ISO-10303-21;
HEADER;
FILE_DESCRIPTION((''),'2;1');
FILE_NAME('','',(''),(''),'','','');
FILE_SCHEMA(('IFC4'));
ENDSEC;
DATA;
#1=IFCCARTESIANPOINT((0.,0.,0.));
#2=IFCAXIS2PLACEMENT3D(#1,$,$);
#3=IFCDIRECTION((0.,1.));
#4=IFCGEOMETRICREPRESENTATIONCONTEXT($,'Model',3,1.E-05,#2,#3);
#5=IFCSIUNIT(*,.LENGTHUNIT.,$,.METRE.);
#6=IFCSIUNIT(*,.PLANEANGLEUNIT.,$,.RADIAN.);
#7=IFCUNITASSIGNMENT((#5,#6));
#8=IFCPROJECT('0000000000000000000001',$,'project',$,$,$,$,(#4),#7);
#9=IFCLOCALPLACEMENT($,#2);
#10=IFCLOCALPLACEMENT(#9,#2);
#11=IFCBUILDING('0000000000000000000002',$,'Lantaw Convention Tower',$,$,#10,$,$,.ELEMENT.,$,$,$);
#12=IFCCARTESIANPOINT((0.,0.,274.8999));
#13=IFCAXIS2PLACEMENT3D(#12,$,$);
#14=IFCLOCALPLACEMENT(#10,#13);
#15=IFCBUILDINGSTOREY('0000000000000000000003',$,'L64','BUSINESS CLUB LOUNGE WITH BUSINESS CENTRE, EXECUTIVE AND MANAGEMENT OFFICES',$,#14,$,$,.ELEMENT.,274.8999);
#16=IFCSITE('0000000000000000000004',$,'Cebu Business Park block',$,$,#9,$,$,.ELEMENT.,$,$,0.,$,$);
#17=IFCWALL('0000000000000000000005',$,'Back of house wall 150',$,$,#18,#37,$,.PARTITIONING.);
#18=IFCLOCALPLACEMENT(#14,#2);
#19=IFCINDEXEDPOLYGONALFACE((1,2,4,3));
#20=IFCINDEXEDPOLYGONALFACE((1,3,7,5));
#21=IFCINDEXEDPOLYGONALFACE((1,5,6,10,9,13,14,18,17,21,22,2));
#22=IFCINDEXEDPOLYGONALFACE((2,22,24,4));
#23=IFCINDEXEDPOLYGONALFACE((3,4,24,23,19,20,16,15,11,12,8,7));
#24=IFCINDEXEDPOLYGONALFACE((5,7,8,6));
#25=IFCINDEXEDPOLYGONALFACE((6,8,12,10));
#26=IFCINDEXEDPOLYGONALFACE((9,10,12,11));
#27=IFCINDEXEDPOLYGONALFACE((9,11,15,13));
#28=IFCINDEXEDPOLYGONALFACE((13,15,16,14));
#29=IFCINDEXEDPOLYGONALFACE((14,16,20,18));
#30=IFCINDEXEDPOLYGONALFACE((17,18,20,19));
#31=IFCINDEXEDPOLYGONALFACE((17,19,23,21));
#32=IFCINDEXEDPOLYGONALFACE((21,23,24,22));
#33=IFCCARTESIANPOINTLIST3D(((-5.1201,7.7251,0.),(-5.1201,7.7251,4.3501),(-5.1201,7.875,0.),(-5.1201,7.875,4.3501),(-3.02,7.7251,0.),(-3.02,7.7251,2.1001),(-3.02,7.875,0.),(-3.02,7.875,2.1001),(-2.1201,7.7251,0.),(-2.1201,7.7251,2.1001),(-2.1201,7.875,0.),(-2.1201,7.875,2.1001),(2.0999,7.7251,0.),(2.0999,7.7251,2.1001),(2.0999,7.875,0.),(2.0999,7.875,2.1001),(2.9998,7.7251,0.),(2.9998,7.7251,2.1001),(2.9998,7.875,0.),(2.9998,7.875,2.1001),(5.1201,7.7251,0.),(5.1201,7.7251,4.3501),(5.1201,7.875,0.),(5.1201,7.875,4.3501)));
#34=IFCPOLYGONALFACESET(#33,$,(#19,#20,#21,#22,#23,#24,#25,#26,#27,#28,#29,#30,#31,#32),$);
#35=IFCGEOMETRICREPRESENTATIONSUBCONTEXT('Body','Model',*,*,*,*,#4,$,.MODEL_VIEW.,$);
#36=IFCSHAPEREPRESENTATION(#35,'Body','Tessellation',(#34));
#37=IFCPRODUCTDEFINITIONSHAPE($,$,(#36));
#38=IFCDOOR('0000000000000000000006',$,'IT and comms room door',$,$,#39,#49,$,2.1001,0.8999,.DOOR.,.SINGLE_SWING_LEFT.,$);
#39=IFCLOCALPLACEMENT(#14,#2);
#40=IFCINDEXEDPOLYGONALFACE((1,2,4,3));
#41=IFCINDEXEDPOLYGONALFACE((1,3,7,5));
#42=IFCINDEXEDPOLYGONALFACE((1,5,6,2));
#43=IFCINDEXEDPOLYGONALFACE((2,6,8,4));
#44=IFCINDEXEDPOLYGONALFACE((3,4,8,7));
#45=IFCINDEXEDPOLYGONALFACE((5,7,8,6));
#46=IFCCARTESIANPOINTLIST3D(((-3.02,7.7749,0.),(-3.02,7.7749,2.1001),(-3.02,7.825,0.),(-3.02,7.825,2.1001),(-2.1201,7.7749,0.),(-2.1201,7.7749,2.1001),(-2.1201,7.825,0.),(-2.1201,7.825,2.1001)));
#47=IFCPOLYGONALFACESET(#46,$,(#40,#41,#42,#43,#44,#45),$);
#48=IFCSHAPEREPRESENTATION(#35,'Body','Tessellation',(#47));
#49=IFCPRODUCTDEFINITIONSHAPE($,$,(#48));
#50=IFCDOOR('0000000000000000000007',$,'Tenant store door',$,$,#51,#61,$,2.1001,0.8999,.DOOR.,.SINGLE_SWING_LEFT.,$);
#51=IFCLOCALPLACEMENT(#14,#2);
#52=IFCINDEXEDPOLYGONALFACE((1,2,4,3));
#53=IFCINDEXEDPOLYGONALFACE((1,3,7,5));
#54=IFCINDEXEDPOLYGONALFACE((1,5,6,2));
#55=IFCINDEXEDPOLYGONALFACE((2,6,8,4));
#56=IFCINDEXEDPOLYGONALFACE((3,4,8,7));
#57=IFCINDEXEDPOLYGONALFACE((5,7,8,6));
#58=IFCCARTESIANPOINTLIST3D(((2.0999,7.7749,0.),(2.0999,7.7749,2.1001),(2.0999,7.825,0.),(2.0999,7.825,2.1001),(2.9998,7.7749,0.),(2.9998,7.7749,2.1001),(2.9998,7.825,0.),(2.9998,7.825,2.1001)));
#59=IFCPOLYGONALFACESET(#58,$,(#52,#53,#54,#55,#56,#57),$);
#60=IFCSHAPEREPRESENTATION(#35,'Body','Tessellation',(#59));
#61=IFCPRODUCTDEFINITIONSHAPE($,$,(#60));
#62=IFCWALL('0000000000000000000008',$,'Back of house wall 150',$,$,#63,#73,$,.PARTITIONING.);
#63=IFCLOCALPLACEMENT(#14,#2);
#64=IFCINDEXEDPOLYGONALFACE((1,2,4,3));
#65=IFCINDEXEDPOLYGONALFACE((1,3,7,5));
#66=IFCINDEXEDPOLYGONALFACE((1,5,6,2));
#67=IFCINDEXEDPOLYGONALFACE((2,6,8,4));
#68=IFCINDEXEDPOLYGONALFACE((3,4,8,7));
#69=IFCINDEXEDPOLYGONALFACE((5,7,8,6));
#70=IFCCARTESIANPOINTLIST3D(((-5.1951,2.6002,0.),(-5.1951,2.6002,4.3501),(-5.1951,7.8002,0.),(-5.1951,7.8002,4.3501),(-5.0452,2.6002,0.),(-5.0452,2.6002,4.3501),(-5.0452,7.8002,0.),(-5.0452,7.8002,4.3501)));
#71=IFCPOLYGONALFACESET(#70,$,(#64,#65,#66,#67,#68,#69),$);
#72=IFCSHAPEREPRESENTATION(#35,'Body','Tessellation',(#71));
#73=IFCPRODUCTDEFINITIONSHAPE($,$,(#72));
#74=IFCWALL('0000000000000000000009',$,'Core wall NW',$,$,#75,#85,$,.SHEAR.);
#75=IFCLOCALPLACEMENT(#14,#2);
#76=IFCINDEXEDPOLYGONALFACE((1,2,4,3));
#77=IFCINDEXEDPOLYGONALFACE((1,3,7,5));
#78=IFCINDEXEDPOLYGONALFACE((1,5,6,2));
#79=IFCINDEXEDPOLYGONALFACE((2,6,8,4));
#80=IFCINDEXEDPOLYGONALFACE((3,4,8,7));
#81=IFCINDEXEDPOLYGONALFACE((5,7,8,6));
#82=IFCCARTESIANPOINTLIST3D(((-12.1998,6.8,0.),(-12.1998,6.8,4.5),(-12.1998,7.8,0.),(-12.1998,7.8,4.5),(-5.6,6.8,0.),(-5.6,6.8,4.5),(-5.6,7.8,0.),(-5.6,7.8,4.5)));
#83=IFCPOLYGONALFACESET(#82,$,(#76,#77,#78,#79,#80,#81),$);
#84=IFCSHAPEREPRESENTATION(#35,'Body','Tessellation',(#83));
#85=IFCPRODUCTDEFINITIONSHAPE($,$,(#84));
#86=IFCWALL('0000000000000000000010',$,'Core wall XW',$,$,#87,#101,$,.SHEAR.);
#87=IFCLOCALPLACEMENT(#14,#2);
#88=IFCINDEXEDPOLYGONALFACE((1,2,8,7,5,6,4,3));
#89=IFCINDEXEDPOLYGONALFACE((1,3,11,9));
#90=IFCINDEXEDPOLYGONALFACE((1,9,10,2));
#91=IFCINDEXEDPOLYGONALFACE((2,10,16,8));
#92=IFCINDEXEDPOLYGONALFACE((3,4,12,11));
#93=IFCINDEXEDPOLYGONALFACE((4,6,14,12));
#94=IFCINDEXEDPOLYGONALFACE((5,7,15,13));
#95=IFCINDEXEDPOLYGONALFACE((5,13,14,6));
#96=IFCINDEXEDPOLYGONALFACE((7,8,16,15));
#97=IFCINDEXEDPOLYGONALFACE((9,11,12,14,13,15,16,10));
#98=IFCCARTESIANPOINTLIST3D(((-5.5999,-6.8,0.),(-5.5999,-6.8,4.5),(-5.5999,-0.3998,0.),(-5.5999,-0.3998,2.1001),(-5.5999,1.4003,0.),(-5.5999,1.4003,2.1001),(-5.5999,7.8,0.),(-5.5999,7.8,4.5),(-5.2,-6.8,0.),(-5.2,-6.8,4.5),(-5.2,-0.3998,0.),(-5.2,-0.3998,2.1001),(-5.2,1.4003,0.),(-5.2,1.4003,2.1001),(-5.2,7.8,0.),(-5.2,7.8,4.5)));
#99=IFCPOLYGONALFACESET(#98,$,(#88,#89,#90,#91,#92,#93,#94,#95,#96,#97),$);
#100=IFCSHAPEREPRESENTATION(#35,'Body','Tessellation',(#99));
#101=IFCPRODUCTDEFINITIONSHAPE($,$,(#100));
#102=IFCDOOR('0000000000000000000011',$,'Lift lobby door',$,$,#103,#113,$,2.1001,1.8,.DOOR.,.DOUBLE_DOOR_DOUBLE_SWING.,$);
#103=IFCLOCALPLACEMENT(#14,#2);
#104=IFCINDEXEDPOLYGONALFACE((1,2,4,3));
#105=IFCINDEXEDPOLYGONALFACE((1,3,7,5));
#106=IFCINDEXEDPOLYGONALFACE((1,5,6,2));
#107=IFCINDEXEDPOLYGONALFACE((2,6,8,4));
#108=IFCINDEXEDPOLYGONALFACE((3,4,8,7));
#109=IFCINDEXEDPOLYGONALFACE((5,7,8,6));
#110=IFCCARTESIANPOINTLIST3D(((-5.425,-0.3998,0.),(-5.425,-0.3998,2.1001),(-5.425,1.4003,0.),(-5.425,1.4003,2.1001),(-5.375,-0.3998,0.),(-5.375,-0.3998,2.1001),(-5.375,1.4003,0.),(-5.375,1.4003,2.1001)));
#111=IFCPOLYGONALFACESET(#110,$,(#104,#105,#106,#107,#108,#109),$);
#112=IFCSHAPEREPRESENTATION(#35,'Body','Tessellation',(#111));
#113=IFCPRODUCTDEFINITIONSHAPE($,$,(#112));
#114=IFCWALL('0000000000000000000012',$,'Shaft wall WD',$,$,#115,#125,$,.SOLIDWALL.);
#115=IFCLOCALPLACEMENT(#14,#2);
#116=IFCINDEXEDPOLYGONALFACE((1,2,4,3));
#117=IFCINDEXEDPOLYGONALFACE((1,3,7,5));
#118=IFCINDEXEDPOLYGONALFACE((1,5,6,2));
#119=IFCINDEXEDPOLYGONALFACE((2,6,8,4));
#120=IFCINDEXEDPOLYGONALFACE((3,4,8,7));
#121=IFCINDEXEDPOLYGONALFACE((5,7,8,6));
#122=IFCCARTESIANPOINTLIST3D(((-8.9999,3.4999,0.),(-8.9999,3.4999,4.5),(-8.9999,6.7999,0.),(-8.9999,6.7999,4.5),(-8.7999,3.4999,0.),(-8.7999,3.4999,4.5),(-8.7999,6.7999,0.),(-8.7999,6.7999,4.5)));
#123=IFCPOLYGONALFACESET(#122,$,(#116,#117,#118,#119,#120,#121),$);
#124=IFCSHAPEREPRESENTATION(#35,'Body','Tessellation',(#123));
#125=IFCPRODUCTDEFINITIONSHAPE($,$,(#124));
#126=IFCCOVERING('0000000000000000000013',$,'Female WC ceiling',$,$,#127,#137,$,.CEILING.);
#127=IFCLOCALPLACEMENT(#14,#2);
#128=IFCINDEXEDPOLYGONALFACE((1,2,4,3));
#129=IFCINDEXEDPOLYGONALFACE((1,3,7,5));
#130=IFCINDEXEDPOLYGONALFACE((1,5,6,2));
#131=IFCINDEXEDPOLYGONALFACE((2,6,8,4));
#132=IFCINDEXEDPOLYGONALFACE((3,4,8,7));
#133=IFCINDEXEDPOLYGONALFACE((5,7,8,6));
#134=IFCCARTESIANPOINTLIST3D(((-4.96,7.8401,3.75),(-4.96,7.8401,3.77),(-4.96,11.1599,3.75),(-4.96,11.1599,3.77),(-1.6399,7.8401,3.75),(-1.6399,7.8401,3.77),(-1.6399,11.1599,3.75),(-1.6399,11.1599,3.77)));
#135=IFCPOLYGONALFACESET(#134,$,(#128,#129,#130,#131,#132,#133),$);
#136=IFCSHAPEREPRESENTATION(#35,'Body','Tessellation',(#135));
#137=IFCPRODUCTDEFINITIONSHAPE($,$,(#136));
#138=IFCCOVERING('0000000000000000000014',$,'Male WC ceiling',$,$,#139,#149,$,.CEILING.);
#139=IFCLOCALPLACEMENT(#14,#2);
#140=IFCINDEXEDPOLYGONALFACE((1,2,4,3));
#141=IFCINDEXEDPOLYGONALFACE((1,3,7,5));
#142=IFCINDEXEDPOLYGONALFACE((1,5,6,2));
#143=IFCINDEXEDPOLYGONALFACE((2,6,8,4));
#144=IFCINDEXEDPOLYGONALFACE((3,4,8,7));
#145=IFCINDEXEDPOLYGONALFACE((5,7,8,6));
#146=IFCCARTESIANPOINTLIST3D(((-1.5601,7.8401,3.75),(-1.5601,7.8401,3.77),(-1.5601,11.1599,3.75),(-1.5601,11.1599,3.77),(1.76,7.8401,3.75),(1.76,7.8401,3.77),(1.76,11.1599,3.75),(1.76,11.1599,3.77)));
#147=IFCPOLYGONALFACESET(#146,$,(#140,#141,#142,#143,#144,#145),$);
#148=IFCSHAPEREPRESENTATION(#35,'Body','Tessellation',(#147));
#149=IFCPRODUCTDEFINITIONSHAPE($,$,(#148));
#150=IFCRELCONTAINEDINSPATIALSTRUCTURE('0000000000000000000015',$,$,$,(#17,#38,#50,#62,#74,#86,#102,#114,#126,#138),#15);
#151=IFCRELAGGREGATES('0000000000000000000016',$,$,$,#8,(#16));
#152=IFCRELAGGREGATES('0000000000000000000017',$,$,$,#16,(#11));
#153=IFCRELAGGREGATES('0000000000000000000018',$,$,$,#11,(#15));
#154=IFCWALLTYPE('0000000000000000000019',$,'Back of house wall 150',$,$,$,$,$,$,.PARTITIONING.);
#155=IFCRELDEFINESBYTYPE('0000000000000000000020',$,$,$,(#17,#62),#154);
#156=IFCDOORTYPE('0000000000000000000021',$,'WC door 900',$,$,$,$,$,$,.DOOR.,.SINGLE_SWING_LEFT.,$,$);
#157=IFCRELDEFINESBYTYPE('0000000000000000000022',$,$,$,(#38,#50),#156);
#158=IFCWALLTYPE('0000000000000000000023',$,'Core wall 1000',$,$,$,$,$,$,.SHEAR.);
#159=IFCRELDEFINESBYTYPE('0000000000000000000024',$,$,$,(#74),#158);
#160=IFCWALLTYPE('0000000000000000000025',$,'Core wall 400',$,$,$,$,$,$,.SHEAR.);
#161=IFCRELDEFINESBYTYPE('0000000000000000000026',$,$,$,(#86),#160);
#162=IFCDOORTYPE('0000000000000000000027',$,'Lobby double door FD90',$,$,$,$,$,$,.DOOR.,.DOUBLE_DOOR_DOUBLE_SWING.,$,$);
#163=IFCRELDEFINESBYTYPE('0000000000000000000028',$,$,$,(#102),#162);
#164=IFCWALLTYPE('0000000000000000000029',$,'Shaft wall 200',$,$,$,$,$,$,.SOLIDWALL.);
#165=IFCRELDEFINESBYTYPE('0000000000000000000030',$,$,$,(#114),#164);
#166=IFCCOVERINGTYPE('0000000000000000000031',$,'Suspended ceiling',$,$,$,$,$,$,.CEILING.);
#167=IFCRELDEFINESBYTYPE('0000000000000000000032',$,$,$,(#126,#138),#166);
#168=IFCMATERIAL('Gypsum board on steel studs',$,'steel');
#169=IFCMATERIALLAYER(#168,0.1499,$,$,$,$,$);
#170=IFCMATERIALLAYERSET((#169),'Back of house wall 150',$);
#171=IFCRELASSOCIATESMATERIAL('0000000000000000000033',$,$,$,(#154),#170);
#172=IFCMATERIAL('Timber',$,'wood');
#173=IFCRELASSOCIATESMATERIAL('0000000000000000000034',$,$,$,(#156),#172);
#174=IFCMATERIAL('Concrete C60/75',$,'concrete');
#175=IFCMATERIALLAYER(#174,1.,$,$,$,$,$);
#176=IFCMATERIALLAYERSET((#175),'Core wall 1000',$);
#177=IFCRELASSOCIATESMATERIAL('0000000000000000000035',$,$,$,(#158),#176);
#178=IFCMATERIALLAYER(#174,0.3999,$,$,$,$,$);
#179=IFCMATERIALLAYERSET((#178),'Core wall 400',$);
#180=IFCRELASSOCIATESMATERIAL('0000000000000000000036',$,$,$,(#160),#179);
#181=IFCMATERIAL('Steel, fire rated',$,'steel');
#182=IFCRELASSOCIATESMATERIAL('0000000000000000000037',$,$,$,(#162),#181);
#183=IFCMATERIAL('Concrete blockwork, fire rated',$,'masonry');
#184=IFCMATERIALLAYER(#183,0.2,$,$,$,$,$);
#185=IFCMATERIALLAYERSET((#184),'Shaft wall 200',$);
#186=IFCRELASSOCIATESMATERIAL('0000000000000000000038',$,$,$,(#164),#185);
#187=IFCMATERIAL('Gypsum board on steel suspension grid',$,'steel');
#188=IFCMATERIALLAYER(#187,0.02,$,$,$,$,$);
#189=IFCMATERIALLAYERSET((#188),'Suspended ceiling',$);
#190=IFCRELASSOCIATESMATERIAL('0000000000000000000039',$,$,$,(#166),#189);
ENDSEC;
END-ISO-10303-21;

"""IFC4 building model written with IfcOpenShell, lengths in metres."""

from ifc_helpers import new_model, si_unit, direction, frame, frame_2d, origin, place, context, subcontext, project, spatial, polyline, rectangle, outline, extrude, material, layer, layer_set, type_object, element, fill, save


model = new_model("IFC4")

# Units and contexts
model_context = context("Model", 3, precision=1e-05, world=origin(), true_north=direction((0.0, 1.0)))
body_context = subcontext(model_context, "Body", "Model", "MODEL_VIEW")
ifc_project = project(units=[si_unit("LENGTHUNIT", "METRE"), si_unit("PLANEANGLEUNIT", "RADIAN")], contexts=[model_context])

# Site, building, storey
site_placement = place(None, origin())
site = spatial("IfcSite", under=ifc_project, at=site_placement, Name="Cebu Business Park block", CompositionType="ELEMENT", RefElevation=0.0)
building_placement = place(site_placement, origin())
building = spatial("IfcBuilding", under=site, at=building_placement, Name="Lantaw Convention Tower", CompositionType="ELEMENT")
storey_placement = place(building_placement, frame((0.0, 0.0, 274.8999)))
storey = spatial("IfcBuildingStorey", under=building, at=storey_placement, Name="L64", Description="BUSINESS CLUB LOUNGE WITH BUSINESS CENTRE, EXECUTIVE AND MANAGEMENT OFFICES", CompositionType="ELEMENT", Elevation=274.8999)

# Wall, openings, doors
ifc_material_1 = material(Name="Gypsum board on steel studs", Category="steel")
ifc_layer_1 = layer(ifc_material_1, 0.1499)
ifc_layer_set_1 = layer_set([ifc_layer_1], Name="Back of house wall 150")
wall_type_1 = type_object("IfcWallType", Name="Back of house wall 150", PredefinedType="PARTITIONING", material=ifc_layer_set_1)
wall_1_placement = place(storey_placement, frame((-5.1201, 7.8, 0.0), z_axis=(0.0, 0.0, 1.0), x_axis=(1.0, 0.0, 0.0)))
wall_1 = element("IfcWall", 1, at=wall_1_placement, inside=storey, type_object=wall_type_1, Name="Back of house wall 150", PredefinedType="PARTITIONING", context=body_context, shape_type="SweptSolid", body=[
    extrude(rectangle(XDim=10.2402, YDim=0.1499, at=frame_2d((5.1201, 0.0))), origin(), (0.0, 0.0, 1.0), 4.3501),
])
opening_1_placement = place(wall_1_placement, frame((2.1001, 0.0, 0.0)))
opening_1 = element("IfcOpeningElement", 2, at=opening_1_placement, cuts=wall_1, PredefinedType="OPENING", context=body_context, shape_type="SweptSolid", body=[
    extrude(rectangle(XDim=0.8999, YDim=2.1001, at=frame_2d((0.45, 1.05))), frame((0.0, 0.085, 0.0), z_axis=(0.0, -1.0, 0.0), x_axis=(1.0, 0.0, 0.0)), (0.0, 0.0, 1.0), 0.1699),
])
opening_2_placement = place(wall_1_placement, frame((7.22, 0.0, 0.0)))
opening_2 = element("IfcOpeningElement", 3, at=opening_2_placement, cuts=wall_1, PredefinedType="OPENING", context=body_context, shape_type="SweptSolid", body=[
    extrude(rectangle(XDim=0.8999, YDim=2.1001, at=frame_2d((0.45, 1.05))), frame((0.0, 0.085, 0.0), z_axis=(0.0, -1.0, 0.0), x_axis=(1.0, 0.0, 0.0)), (0.0, 0.0, 1.0), 0.1699),
])
ifc_material_2 = material(Name="Timber", Category="wood")
door_type_1 = type_object("IfcDoorType", Name="WC door 900", OperationType="SINGLE_SWING_LEFT", PredefinedType="DOOR", material=ifc_material_2)
door_1_placement = place(opening_1_placement, origin())
door_1 = element("IfcDoor", 4, at=door_1_placement, inside=storey, type_object=door_type_1, Name="IT and comms room door", OperationType="SINGLE_SWING_LEFT", OverallHeight=2.1001, OverallWidth=0.8999, PredefinedType="DOOR", context=body_context, shape_type="SweptSolid", body=[
    extrude(rectangle(XDim=0.8999, YDim=2.1001, at=frame_2d((0.45, 1.05))), frame((0.0, 0.0249, 0.0), z_axis=(0.0, -1.0, 0.0), x_axis=(1.0, 0.0, 0.0)), (0.0, 0.0, 1.0), 0.05),
])
fill(opening_1, door_1)
door_2_placement = place(opening_2_placement, origin())
door_2 = element("IfcDoor", 5, at=door_2_placement, inside=storey, type_object=door_type_1, Name="Tenant store door", OperationType="SINGLE_SWING_LEFT", OverallHeight=2.1001, OverallWidth=0.8999, PredefinedType="DOOR", context=body_context, shape_type="SweptSolid", body=[
    extrude(rectangle(XDim=0.8999, YDim=2.1001, at=frame_2d((0.45, 1.05))), frame((0.0, 0.0249, 0.0), z_axis=(0.0, -1.0, 0.0), x_axis=(1.0, 0.0, 0.0)), (0.0, 0.0, 1.0), 0.05),
])
fill(opening_2, door_2)

# Walls
wall_2_placement = place(storey_placement, frame((-5.1201, 2.6001, 0.0), z_axis=(0.0, 0.0, 1.0), x_axis=(0.0, 1.0, 0.0)))
element("IfcWall", 6, at=wall_2_placement, inside=storey, type_object=wall_type_1, Name="Back of house wall 150", PredefinedType="PARTITIONING", context=body_context, shape_type="SweptSolid", body=[
    extrude(rectangle(XDim=5.2, YDim=0.1499, at=frame_2d((2.6001, 0.0))), origin(), (0.0, 0.0, 1.0), 4.3501),
])
ifc_material_3 = material(Name="Concrete C60/75", Category="concrete")
ifc_layer_2 = layer(ifc_material_3, 1.0)
ifc_layer_set_2 = layer_set([ifc_layer_2], Name="Core wall 1000")
wall_type_2 = type_object("IfcWallType", Name="Core wall 1000", PredefinedType="SHEAR", material=ifc_layer_set_2)
wall_3_placement = place(storey_placement, frame((-5.6001, 7.3, 0.0), z_axis=(0.0, 0.0, 1.0), x_axis=(-1.0, 0.0, 0.0)))
element("IfcWall", 7, at=wall_3_placement, inside=storey, type_object=wall_type_2, Name="Core wall NW", PredefinedType="SHEAR", context=body_context, shape_type="SweptSolid", body=[
    extrude(rectangle(XDim=6.5999, YDim=1.0, at=frame_2d((3.2998, 0.0))), origin(), (0.0, 0.0, 1.0), 4.5),
])

# Wall, opening, door
ifc_layer_3 = layer(ifc_material_3, 0.3999)
ifc_layer_set_3 = layer_set([ifc_layer_3], Name="Core wall 400")
wall_type_3 = type_object("IfcWallType", Name="Core wall 400", PredefinedType="SHEAR", material=ifc_layer_set_3)
wall_4_placement = place(storey_placement, frame((-5.3999, 7.8, 0.0), z_axis=(0.0, 0.0, 1.0), x_axis=(0.0, -1.0, 0.0)))
wall_4 = element("IfcWall", 8, at=wall_4_placement, inside=storey, type_object=wall_type_3, Name="Core wall XW", PredefinedType="SHEAR", context=body_context, shape_type="SweptSolid", body=[
    extrude(rectangle(XDim=14.6001, YDim=0.3999, at=frame_2d((7.3, 0.0))), origin(), (0.0, 0.0, 1.0), 4.5),
])
opening_3_placement = place(wall_4_placement, frame((6.3999, 0.0, 0.0)))
opening_3 = element("IfcOpeningElement", 9, at=opening_3_placement, cuts=wall_4, PredefinedType="OPENING", context=body_context, shape_type="SweptSolid", body=[
    extrude(rectangle(XDim=1.8, YDim=2.1001, at=frame_2d((0.8999, 1.05))), frame((0.0, 0.21, 0.0), z_axis=(0.0, -1.0, 0.0), x_axis=(1.0, 0.0, 0.0)), (0.0, 0.0, 1.0), 0.4199),
])
ifc_material_4 = material(Name="Steel, fire rated", Category="steel")
door_type_2 = type_object("IfcDoorType", Name="Lobby double door FD90", OperationType="DOUBLE_DOOR_DOUBLE_SWING", PredefinedType="DOOR", material=ifc_material_4)
door_3_placement = place(opening_3_placement, origin())
door_3 = element("IfcDoor", 10, at=door_3_placement, inside=storey, type_object=door_type_2, Name="Lift lobby door", OperationType="DOUBLE_DOOR_DOUBLE_SWING", OverallHeight=2.1001, OverallWidth=1.8, PredefinedType="DOOR", context=body_context, shape_type="SweptSolid", body=[
    extrude(rectangle(XDim=1.8, YDim=2.1001, at=frame_2d((0.8999, 1.05))), frame((0.0, 0.0249, 0.0), z_axis=(0.0, -1.0, 0.0), x_axis=(1.0, 0.0, 0.0)), (0.0, 0.0, 1.0), 0.05),
])
fill(opening_3, door_3)

# Wall
ifc_material_5 = material(Name="Concrete blockwork, fire rated", Category="masonry")
ifc_layer_4 = layer(ifc_material_5, 0.2)
ifc_layer_set_4 = layer_set([ifc_layer_4], Name="Shaft wall 200")
wall_type_4 = type_object("IfcWallType", Name="Shaft wall 200", PredefinedType="SOLIDWALL", material=ifc_layer_set_4)
wall_5_placement = place(storey_placement, frame((-8.8999, 3.5, 0.0), z_axis=(0.0, 0.0, 1.0), x_axis=(0.0, 1.0, 0.0)))
element("IfcWall", 11, at=wall_5_placement, inside=storey, type_object=wall_type_4, Name="Shaft wall WD", PredefinedType="SOLIDWALL", context=body_context, shape_type="SweptSolid", body=[
    extrude(rectangle(XDim=3.3, YDim=0.2, at=frame_2d((1.6499, 0.0))), origin(), (0.0, 0.0, 1.0), 4.5),
])

# Coverings
ifc_material_6 = material(Name="Gypsum board on steel suspension grid", Category="steel")
ifc_layer_5 = layer(ifc_material_6, 0.02)
ifc_layer_set_5 = layer_set([ifc_layer_5], Name="Suspended ceiling")
covering_type = type_object("IfcCoveringType", Name="Suspended ceiling", PredefinedType="CEILING", material=ifc_layer_set_5)
covering_1_placement = place(storey_placement, frame((0.0, 0.0, 3.75)))
element("IfcCovering", 12, at=covering_1_placement, inside=storey, type_object=covering_type, Name="Female WC ceiling", PredefinedType="CEILING", context=body_context, shape_type="SweptSolid", body=[
    extrude(outline(polyline([(-4.96, 7.8401), (-1.6399, 7.8401), (-1.6399, 11.1599), (-4.96, 11.1599), (-4.96, 7.8401)])), origin(), (0.0, 0.0, 1.0), 0.02),
])
covering_2_placement = place(storey_placement, frame((0.0, 0.0, 3.75)))
element("IfcCovering", 13, at=covering_2_placement, inside=storey, type_object=covering_type, Name="Male WC ceiling", PredefinedType="CEILING", context=body_context, shape_type="SweptSolid", body=[
    extrude(outline(polyline([(-1.5601, 7.8401), (1.76, 7.8401), (1.76, 11.1599), (-1.5601, 11.1599), (-1.5601, 7.8401)])), origin(), (0.0, 0.0, 1.0), 0.02),
])

save(model, "model.ifc")
